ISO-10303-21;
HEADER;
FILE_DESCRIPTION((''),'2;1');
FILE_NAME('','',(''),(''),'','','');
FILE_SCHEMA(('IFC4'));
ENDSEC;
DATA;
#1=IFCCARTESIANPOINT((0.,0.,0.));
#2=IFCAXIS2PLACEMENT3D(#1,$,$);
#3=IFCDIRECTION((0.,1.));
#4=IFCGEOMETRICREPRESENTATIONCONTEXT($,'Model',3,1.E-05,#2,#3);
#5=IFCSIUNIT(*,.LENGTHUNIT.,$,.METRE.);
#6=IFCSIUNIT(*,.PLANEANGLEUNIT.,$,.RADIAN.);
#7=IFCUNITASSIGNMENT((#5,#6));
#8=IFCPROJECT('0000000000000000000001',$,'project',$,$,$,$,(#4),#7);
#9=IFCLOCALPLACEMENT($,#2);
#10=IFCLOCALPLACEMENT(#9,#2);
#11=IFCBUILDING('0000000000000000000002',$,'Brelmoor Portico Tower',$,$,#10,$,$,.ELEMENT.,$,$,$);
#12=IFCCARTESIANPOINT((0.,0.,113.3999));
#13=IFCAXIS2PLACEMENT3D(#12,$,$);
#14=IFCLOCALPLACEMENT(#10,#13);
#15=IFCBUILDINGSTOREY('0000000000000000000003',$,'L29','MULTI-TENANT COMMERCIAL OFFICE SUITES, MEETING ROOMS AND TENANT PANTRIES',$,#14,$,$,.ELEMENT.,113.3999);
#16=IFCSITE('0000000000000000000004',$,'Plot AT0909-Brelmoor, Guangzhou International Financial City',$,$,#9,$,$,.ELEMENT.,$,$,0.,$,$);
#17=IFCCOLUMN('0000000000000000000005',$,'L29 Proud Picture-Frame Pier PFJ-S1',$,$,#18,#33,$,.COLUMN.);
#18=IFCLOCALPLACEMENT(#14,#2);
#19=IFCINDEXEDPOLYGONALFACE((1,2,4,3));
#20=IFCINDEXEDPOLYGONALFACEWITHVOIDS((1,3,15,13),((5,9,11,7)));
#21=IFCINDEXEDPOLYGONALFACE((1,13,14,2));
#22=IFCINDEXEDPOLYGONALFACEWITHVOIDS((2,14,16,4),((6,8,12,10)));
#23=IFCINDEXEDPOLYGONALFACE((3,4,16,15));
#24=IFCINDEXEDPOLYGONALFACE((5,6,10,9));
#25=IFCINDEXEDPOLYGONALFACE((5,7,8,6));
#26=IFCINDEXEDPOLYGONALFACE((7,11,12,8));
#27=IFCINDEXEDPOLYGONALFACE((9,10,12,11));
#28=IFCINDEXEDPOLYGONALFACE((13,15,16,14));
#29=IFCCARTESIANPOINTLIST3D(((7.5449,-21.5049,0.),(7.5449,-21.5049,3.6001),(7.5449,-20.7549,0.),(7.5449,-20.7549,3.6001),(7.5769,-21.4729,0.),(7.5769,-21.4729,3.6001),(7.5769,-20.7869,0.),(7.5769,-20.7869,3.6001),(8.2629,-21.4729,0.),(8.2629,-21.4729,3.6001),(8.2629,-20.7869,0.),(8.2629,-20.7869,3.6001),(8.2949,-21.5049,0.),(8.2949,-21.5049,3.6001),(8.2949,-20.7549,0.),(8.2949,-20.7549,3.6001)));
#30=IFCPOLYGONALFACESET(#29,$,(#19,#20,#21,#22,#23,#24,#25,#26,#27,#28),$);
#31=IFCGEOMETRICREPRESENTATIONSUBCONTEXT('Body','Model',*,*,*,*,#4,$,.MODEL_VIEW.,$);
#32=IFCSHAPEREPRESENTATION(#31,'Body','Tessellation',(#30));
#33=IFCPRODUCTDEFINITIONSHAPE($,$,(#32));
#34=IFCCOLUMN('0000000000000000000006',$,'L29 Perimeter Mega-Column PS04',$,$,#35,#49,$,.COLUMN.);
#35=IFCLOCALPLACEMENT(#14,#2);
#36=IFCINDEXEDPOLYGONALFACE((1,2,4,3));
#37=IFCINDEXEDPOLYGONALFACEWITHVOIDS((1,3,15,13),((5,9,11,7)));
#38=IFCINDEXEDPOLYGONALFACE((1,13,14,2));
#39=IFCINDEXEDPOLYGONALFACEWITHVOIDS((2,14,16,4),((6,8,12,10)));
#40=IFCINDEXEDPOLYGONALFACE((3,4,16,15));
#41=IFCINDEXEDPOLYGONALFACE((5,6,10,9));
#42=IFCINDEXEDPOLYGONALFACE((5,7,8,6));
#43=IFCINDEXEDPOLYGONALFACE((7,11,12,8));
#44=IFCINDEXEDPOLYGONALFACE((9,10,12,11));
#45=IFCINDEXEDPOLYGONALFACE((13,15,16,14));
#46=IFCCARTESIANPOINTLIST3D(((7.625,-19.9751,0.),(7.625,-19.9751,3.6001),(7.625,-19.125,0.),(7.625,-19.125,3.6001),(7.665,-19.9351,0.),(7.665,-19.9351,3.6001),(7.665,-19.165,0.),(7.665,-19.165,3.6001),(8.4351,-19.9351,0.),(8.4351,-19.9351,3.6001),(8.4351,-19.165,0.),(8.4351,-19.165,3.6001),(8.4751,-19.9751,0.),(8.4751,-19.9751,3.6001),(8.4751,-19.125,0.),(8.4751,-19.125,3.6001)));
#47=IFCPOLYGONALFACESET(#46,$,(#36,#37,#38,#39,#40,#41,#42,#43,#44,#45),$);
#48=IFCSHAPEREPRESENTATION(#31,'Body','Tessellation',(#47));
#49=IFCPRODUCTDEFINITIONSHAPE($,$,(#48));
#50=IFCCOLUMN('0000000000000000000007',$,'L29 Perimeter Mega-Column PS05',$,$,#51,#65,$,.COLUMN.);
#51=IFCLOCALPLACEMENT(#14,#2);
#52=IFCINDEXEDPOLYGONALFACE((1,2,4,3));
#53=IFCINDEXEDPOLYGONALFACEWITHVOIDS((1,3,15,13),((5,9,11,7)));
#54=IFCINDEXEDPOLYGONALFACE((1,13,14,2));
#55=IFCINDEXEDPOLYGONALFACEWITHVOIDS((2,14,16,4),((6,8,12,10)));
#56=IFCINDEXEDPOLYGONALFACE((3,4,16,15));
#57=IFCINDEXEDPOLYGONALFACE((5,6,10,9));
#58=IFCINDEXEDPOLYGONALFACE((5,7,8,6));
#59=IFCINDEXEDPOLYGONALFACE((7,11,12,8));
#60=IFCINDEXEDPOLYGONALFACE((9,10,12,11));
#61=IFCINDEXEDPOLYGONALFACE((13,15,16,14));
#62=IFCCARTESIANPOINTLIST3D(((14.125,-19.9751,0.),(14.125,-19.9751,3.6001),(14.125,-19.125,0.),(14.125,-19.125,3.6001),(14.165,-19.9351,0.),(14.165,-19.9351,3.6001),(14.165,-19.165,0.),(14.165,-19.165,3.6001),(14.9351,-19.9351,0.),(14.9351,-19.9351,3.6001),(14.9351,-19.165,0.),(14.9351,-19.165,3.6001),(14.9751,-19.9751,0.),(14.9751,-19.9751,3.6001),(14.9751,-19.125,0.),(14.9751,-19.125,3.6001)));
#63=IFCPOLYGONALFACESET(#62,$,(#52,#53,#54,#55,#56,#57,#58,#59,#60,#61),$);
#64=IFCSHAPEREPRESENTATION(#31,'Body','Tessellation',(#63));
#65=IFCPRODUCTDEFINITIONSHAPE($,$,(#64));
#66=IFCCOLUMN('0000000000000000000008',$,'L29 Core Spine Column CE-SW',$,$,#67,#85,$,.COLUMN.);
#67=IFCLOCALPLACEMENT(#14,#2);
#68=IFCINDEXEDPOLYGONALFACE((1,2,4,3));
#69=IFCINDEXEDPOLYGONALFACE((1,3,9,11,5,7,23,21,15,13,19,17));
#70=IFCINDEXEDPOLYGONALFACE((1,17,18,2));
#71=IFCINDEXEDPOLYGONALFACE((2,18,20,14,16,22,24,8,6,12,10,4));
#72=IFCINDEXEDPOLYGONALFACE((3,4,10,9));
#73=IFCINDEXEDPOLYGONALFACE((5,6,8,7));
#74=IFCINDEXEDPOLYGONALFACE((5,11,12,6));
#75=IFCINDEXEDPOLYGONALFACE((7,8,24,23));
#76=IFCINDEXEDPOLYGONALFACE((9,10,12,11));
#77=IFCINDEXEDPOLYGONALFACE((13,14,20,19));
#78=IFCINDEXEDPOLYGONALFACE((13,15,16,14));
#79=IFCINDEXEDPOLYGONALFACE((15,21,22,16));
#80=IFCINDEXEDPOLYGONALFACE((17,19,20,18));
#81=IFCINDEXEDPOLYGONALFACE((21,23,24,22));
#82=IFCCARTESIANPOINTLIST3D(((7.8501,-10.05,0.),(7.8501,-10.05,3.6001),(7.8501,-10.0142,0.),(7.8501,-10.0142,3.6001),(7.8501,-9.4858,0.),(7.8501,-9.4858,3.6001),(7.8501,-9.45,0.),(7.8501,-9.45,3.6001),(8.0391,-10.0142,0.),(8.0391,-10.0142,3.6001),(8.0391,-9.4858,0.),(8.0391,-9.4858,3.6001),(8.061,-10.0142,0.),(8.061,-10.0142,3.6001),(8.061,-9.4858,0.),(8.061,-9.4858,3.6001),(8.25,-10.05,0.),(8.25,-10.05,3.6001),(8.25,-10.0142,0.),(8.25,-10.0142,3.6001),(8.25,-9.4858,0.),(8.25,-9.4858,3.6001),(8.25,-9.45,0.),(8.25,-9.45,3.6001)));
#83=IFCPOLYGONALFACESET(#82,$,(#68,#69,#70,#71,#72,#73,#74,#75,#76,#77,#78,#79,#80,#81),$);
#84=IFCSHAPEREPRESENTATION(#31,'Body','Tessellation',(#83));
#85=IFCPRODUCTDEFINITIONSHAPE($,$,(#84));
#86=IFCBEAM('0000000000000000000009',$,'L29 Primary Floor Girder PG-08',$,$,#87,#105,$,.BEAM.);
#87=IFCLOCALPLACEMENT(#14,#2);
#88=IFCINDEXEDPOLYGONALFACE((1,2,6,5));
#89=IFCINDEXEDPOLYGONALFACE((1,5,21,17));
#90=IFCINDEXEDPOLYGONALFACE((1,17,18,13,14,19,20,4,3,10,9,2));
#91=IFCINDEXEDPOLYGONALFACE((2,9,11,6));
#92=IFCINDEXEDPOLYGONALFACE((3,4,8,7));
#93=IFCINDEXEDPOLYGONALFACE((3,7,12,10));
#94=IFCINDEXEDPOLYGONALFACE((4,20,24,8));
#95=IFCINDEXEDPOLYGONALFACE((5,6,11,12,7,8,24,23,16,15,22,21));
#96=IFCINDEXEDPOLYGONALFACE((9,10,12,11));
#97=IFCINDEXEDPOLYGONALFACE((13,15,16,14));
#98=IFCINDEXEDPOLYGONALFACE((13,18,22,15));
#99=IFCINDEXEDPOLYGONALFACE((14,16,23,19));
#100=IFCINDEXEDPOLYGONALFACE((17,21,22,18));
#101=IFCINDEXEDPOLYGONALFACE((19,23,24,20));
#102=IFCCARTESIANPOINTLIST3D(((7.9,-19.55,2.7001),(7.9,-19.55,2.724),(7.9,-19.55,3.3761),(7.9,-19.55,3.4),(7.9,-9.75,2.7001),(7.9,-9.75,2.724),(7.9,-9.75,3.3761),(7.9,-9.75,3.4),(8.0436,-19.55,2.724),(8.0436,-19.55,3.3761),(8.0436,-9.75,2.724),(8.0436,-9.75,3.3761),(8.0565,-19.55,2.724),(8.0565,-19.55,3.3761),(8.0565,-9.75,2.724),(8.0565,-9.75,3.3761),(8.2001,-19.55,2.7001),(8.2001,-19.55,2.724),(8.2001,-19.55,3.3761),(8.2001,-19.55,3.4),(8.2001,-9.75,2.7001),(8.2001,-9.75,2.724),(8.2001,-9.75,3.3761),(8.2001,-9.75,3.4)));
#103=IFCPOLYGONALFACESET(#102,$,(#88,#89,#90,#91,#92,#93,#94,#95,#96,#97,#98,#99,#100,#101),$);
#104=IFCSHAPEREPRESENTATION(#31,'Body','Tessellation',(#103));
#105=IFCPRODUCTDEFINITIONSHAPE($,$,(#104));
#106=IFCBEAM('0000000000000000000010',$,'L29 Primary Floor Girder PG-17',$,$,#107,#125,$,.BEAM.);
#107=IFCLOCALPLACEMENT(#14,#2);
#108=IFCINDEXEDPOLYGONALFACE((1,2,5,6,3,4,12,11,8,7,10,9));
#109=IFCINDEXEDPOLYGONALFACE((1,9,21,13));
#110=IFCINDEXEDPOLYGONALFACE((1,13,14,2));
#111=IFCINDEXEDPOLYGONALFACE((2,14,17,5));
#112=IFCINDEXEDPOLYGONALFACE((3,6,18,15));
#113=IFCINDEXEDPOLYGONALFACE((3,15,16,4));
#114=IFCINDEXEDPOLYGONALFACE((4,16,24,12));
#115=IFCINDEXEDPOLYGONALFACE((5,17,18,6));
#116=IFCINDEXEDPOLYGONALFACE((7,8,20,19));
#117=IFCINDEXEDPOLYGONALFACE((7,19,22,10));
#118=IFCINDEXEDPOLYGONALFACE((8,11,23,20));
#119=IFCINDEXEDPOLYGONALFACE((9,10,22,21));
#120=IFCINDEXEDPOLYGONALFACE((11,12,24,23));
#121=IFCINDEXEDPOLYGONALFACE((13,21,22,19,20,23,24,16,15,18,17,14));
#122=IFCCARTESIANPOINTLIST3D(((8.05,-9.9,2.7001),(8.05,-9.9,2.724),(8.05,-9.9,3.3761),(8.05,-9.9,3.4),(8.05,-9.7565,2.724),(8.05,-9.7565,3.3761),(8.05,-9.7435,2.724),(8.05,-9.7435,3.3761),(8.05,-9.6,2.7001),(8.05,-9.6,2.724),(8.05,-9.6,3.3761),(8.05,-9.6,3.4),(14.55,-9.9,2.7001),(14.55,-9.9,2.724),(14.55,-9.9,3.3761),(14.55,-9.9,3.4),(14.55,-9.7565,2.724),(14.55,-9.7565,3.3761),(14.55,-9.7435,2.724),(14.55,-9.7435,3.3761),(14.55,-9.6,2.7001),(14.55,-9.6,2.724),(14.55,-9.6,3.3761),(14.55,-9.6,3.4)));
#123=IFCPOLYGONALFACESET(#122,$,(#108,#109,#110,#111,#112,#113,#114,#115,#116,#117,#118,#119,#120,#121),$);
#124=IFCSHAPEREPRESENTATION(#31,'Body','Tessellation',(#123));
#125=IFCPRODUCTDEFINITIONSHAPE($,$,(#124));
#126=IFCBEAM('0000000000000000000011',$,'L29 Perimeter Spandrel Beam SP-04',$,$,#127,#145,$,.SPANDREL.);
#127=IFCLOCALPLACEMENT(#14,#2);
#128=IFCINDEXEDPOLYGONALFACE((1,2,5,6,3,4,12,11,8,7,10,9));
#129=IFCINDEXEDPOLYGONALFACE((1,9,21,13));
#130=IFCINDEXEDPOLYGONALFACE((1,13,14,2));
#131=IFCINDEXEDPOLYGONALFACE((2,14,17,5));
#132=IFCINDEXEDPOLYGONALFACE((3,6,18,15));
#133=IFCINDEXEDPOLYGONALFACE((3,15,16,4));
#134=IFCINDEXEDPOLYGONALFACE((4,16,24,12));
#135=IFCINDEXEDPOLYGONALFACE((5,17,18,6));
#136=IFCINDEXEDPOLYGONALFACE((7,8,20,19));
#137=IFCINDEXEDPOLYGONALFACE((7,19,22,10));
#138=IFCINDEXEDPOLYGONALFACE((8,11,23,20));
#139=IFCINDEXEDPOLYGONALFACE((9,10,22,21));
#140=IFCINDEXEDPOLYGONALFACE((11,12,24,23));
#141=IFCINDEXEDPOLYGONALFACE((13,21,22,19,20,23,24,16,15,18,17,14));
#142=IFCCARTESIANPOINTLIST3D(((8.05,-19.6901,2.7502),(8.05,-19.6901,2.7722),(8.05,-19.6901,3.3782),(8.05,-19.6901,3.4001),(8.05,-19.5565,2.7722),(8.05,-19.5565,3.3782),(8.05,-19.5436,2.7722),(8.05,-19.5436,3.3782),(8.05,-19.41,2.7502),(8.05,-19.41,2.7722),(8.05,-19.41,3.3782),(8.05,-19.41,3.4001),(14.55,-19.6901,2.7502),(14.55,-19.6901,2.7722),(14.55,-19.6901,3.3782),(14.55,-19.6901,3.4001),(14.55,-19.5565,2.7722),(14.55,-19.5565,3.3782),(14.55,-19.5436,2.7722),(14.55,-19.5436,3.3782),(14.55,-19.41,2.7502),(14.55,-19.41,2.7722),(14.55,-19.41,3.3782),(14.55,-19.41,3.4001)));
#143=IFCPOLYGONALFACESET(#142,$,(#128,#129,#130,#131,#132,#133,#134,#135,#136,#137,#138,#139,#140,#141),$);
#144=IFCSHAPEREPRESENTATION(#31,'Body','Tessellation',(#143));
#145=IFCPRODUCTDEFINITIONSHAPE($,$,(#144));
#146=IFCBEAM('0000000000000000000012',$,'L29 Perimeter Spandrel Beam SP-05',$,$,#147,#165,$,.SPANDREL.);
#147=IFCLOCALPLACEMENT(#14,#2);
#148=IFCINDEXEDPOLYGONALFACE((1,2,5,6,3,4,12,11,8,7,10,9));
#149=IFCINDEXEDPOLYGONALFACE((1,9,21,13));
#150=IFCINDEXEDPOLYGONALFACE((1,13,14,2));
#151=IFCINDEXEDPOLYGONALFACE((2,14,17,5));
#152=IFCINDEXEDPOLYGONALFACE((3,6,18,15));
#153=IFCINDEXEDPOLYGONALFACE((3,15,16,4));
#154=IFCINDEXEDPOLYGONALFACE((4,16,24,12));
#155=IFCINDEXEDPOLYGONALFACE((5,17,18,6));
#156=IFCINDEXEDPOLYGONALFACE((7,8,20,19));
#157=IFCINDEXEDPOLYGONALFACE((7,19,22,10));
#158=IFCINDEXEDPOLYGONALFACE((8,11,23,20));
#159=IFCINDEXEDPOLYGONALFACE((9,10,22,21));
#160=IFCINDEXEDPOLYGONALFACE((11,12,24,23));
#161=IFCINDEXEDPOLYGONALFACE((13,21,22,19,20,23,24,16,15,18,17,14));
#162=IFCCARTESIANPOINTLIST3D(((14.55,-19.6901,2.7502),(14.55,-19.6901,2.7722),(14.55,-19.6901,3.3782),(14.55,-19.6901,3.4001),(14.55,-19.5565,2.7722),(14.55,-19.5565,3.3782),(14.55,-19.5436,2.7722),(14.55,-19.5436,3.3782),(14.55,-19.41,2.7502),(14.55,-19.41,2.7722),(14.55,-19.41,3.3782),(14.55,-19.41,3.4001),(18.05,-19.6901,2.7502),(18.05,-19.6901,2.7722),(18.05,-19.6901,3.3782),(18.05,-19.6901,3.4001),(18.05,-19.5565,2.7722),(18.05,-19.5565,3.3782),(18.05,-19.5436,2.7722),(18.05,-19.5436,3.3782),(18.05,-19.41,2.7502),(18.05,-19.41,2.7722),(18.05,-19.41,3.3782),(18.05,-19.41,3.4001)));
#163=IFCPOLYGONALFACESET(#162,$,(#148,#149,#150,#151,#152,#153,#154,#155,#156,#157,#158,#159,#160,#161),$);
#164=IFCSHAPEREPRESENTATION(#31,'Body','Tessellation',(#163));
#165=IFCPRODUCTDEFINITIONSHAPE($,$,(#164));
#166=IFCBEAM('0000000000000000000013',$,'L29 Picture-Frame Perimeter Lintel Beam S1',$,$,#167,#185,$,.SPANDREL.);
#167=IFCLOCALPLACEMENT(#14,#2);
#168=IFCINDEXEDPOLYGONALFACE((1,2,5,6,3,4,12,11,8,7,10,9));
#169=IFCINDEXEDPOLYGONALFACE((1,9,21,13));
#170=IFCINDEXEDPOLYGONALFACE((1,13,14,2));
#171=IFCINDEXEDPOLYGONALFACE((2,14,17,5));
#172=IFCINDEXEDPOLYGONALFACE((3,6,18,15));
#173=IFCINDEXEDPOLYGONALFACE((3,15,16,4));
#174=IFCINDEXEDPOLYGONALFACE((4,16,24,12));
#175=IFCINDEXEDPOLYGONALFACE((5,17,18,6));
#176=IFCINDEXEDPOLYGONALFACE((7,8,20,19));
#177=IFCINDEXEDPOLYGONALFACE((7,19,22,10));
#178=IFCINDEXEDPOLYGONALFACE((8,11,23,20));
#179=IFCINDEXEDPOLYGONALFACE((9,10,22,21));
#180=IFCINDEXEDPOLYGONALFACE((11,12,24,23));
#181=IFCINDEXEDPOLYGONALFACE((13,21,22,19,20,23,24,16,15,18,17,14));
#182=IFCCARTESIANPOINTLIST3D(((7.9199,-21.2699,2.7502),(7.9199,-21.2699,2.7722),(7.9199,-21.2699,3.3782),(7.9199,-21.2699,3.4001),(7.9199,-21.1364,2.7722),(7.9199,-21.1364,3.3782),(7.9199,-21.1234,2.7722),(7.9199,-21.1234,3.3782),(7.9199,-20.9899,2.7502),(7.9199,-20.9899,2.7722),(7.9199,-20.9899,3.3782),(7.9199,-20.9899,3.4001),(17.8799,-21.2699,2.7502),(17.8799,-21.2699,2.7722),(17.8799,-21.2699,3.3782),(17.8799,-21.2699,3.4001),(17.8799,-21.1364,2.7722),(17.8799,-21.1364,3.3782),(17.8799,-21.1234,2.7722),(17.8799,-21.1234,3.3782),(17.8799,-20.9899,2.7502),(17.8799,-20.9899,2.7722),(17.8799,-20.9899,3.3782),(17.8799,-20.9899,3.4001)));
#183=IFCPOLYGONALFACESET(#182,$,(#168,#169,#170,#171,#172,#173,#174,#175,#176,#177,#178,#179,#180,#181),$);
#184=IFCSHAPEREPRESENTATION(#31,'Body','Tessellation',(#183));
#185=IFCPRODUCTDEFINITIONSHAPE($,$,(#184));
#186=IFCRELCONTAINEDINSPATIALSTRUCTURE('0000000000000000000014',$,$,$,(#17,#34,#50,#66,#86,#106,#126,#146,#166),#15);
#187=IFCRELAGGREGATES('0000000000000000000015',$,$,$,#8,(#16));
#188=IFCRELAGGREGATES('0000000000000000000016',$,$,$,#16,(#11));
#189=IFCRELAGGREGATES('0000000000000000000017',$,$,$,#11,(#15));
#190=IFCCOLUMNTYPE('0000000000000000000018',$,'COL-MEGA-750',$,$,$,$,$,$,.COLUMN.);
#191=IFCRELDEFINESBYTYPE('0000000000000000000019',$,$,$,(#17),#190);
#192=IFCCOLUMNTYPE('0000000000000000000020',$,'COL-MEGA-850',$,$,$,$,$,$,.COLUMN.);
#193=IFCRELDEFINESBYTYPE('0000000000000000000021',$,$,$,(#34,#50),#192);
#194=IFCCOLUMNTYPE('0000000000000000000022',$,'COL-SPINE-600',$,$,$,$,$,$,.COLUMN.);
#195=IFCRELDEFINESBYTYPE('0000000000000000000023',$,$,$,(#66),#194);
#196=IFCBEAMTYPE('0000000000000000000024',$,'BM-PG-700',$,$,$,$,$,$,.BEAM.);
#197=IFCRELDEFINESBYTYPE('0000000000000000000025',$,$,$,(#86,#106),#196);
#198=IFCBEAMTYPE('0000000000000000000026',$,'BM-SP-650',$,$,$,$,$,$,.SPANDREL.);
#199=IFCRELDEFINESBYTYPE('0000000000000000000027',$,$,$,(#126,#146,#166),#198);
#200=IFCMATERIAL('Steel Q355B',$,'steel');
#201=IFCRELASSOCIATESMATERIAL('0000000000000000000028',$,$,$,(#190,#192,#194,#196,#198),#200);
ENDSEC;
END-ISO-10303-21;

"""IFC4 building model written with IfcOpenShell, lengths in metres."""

from ifc_helpers import new_model, si_unit, direction, frame, origin, origin_2d, place, context, subcontext, project, spatial, hollow_rectangle, i_section, extrude, material, material_profile, profile_set, type_object, element, save


model = new_model("IFC4")

# Units and contexts
model_context = context("Model", 3, precision=1e-05, world=origin(), true_north=direction((0.0, 1.0)))
body_context = subcontext(model_context, "Body", "Model", "MODEL_VIEW")
ifc_project = project(units=[si_unit("LENGTHUNIT", "METRE"), si_unit("PLANEANGLEUNIT", "RADIAN")], contexts=[model_context])

# Site, building, storey
site_placement = place(None, origin())
site = spatial("IfcSite", under=ifc_project, at=site_placement, Name="Plot AT0909-Brelmoor, Guangzhou International Financial City", CompositionType="ELEMENT", RefElevation=0.0)
building_placement = place(site_placement, origin())
building = spatial("IfcBuilding", under=site, at=building_placement, Name="Brelmoor Portico Tower", CompositionType="ELEMENT")
storey_placement = place(building_placement, frame((0.0, 0.0, 113.3999)))
storey = spatial("IfcBuildingStorey", under=building, at=storey_placement, Name="L29", Description="MULTI-TENANT COMMERCIAL OFFICE SUITES, MEETING ROOMS AND TENANT PANTRIES", CompositionType="ELEMENT", Elevation=113.3999)

# Columns
ifc_material_1 = material(Name="Steel Q355B", Category="steel")
ifc_material_profile_1 = material_profile(ifc_material_1, hollow_rectangle(XDim=0.75, YDim=0.75, WallThickness=0.032, at=origin_2d()), Name="BOX 750x750x32")
ifc_profile_set_1 = profile_set([ifc_material_profile_1], Name="Steel Q355B")
column_type_1 = type_object("IfcColumnType", Name="COL-MEGA-750", PredefinedType="COLUMN", material=ifc_profile_set_1)
column_1_placement = place(storey_placement, frame((7.9199, -21.1299, 0.0), z_axis=(0.0, 0.0, 1.0), x_axis=(1.0, 0.0, 0.0)))
element("IfcColumn", 1, at=column_1_placement, inside=storey, type_object=column_type_1, Name="L29 Proud Picture-Frame Pier PFJ-S1", PredefinedType="COLUMN", context=body_context, shape_type="SweptSolid", body=[
    extrude(hollow_rectangle(XDim=0.75, YDim=0.75, WallThickness=0.032, at=origin_2d()), origin(), (0.0, 0.0, 1.0), 3.6001),
])
ifc_material_profile_2 = material_profile(ifc_material_1, hollow_rectangle(XDim=0.8501, YDim=0.8501, WallThickness=0.04, at=origin_2d()), Name="BOX 850x850x40")
ifc_profile_set_2 = profile_set([ifc_material_profile_2], Name="Steel Q355B")
column_type_2 = type_object("IfcColumnType", Name="COL-MEGA-850", PredefinedType="COLUMN", material=ifc_profile_set_2)
for number, where, z_axis, x_axis, name in (
    (2, (8.05, -19.55, 0.0), (0.0, 0.0, 1.0), (1.0, 0.0, 0.0), "L29 Perimeter Mega-Column PS04"),
    (3, (14.55, -19.55, 0.0), (0.0, 0.0, 1.0), (1.0, 0.0, 0.0), "L29 Perimeter Mega-Column PS05"),
):
    element("IfcColumn", number, at=place(storey_placement, frame(where, z_axis=z_axis, x_axis=x_axis)), inside=storey, type_object=column_type_2, Name=name, PredefinedType="COLUMN", context=body_context, shape_type="SweptSolid", body=[
        extrude(hollow_rectangle(XDim=0.8501, YDim=0.8501, WallThickness=0.04, at=origin_2d()), origin(), (0.0, 0.0, 1.0), 3.6001),
    ])
ifc_material_profile_3 = material_profile(ifc_material_1, i_section(OverallWidth=0.3999, OverallDepth=0.6001, WebThickness=0.022, FlangeThickness=0.0359, at=origin_2d()), Name="HW 600x400x22x36")
ifc_profile_set_3 = profile_set([ifc_material_profile_3], Name="Steel Q355B")
column_type_3 = type_object("IfcColumnType", Name="COL-SPINE-600", PredefinedType="COLUMN", material=ifc_profile_set_3)
column_2_placement = place(storey_placement, frame((8.05, -9.75, 0.0), z_axis=(0.0, 0.0, 1.0), x_axis=(1.0, 0.0, 0.0)))
element("IfcColumn", 4, at=column_2_placement, inside=storey, type_object=column_type_3, Name="L29 Core Spine Column CE-SW", PredefinedType="COLUMN", context=body_context, shape_type="SweptSolid", body=[
    extrude(i_section(OverallWidth=0.3999, OverallDepth=0.6001, WebThickness=0.022, FlangeThickness=0.0359, at=origin_2d()), origin(), (0.0, 0.0, 1.0), 3.6001),
])

# Beams
ifc_material_profile_4 = material_profile(ifc_material_1, i_section(OverallWidth=0.3, OverallDepth=0.7, WebThickness=0.0129, FlangeThickness=0.0239, at=origin_2d()), Name="HN 700x300x13x24")
ifc_profile_set_4 = profile_set([ifc_material_profile_4], Name="Steel Q355B")
beam_type_1 = type_object("IfcBeamType", Name="BM-PG-700", PredefinedType="BEAM", material=ifc_profile_set_4)
beam_1_placement = place(storey_placement, frame((8.05, -19.55, 3.05), z_axis=(0.0, 1.0, 0.0), x_axis=(-1.0, 0.0, 0.0)))
element("IfcBeam", 5, at=beam_1_placement, inside=storey, type_object=beam_type_1, Name="L29 Primary Floor Girder PG-08", PredefinedType="BEAM", context=body_context, shape_type="SweptSolid", body=[
    extrude(i_section(OverallWidth=0.3, OverallDepth=0.7, WebThickness=0.0129, FlangeThickness=0.0239, at=origin_2d()), origin(), (0.0, 0.0, 1.0), 9.8),
])
beam_2_placement = place(storey_placement, frame((8.05, -9.75, 3.05), z_axis=(1.0, 0.0, 0.0), x_axis=(0.0, 1.0, 0.0)))
element("IfcBeam", 6, at=beam_2_placement, inside=storey, type_object=beam_type_1, Name="L29 Primary Floor Girder PG-17", PredefinedType="BEAM", context=body_context, shape_type="SweptSolid", body=[
    extrude(i_section(OverallWidth=0.3, OverallDepth=0.7, WebThickness=0.0129, FlangeThickness=0.0239, at=origin_2d()), origin(), (0.0, 0.0, 1.0), 6.5),
])
ifc_material_profile_5 = material_profile(ifc_material_1, i_section(OverallWidth=0.28, OverallDepth=0.6499, WebThickness=0.0129, FlangeThickness=0.022, at=origin_2d()), Name="HN 650x280x13x22")
ifc_profile_set_5 = profile_set([ifc_material_profile_5], Name="Steel Q355B")
beam_type_2 = type_object("IfcBeamType", Name="BM-SP-650", PredefinedType="SPANDREL", material=ifc_profile_set_5)
beam_3_placement = place(storey_placement, frame((8.05, -19.55, 3.0752), z_axis=(1.0, 0.0, 0.0), x_axis=(0.0, 1.0, 0.0)))
element("IfcBeam", 7, at=beam_3_placement, inside=storey, type_object=beam_type_2, Name="L29 Perimeter Spandrel Beam SP-04", PredefinedType="SPANDREL", context=body_context, shape_type="SweptSolid", body=[
    extrude(i_section(OverallWidth=0.28, OverallDepth=0.6499, WebThickness=0.0129, FlangeThickness=0.022, at=origin_2d()), origin(), (0.0, 0.0, 1.0), 6.5),
])
beam_4_placement = place(storey_placement, frame((14.55, -19.55, 3.0752), z_axis=(1.0, 0.0, 0.0), x_axis=(0.0, 1.0, 0.0)))
element("IfcBeam", 8, at=beam_4_placement, inside=storey, type_object=beam_type_2, Name="L29 Perimeter Spandrel Beam SP-05", PredefinedType="SPANDREL", context=body_context, shape_type="SweptSolid", body=[
    extrude(i_section(OverallWidth=0.28, OverallDepth=0.6499, WebThickness=0.0129, FlangeThickness=0.022, at=origin_2d()), origin(), (0.0, 0.0, 1.0), 3.5),
])
beam_5_placement = place(storey_placement, frame((7.9199, -21.1299, 3.0752), z_axis=(1.0, 0.0, 0.0), x_axis=(0.0, 1.0, 0.0)))
element("IfcBeam", 9, at=beam_5_placement, inside=storey, type_object=beam_type_2, Name="L29 Picture-Frame Perimeter Lintel Beam S1", PredefinedType="SPANDREL", context=body_context, shape_type="SweptSolid", body=[
    extrude(i_section(OverallWidth=0.28, OverallDepth=0.6499, WebThickness=0.0129, FlangeThickness=0.022, at=origin_2d()), origin(), (0.0, 0.0, 1.0), 9.96),
])

save(model, "model.ifc")
